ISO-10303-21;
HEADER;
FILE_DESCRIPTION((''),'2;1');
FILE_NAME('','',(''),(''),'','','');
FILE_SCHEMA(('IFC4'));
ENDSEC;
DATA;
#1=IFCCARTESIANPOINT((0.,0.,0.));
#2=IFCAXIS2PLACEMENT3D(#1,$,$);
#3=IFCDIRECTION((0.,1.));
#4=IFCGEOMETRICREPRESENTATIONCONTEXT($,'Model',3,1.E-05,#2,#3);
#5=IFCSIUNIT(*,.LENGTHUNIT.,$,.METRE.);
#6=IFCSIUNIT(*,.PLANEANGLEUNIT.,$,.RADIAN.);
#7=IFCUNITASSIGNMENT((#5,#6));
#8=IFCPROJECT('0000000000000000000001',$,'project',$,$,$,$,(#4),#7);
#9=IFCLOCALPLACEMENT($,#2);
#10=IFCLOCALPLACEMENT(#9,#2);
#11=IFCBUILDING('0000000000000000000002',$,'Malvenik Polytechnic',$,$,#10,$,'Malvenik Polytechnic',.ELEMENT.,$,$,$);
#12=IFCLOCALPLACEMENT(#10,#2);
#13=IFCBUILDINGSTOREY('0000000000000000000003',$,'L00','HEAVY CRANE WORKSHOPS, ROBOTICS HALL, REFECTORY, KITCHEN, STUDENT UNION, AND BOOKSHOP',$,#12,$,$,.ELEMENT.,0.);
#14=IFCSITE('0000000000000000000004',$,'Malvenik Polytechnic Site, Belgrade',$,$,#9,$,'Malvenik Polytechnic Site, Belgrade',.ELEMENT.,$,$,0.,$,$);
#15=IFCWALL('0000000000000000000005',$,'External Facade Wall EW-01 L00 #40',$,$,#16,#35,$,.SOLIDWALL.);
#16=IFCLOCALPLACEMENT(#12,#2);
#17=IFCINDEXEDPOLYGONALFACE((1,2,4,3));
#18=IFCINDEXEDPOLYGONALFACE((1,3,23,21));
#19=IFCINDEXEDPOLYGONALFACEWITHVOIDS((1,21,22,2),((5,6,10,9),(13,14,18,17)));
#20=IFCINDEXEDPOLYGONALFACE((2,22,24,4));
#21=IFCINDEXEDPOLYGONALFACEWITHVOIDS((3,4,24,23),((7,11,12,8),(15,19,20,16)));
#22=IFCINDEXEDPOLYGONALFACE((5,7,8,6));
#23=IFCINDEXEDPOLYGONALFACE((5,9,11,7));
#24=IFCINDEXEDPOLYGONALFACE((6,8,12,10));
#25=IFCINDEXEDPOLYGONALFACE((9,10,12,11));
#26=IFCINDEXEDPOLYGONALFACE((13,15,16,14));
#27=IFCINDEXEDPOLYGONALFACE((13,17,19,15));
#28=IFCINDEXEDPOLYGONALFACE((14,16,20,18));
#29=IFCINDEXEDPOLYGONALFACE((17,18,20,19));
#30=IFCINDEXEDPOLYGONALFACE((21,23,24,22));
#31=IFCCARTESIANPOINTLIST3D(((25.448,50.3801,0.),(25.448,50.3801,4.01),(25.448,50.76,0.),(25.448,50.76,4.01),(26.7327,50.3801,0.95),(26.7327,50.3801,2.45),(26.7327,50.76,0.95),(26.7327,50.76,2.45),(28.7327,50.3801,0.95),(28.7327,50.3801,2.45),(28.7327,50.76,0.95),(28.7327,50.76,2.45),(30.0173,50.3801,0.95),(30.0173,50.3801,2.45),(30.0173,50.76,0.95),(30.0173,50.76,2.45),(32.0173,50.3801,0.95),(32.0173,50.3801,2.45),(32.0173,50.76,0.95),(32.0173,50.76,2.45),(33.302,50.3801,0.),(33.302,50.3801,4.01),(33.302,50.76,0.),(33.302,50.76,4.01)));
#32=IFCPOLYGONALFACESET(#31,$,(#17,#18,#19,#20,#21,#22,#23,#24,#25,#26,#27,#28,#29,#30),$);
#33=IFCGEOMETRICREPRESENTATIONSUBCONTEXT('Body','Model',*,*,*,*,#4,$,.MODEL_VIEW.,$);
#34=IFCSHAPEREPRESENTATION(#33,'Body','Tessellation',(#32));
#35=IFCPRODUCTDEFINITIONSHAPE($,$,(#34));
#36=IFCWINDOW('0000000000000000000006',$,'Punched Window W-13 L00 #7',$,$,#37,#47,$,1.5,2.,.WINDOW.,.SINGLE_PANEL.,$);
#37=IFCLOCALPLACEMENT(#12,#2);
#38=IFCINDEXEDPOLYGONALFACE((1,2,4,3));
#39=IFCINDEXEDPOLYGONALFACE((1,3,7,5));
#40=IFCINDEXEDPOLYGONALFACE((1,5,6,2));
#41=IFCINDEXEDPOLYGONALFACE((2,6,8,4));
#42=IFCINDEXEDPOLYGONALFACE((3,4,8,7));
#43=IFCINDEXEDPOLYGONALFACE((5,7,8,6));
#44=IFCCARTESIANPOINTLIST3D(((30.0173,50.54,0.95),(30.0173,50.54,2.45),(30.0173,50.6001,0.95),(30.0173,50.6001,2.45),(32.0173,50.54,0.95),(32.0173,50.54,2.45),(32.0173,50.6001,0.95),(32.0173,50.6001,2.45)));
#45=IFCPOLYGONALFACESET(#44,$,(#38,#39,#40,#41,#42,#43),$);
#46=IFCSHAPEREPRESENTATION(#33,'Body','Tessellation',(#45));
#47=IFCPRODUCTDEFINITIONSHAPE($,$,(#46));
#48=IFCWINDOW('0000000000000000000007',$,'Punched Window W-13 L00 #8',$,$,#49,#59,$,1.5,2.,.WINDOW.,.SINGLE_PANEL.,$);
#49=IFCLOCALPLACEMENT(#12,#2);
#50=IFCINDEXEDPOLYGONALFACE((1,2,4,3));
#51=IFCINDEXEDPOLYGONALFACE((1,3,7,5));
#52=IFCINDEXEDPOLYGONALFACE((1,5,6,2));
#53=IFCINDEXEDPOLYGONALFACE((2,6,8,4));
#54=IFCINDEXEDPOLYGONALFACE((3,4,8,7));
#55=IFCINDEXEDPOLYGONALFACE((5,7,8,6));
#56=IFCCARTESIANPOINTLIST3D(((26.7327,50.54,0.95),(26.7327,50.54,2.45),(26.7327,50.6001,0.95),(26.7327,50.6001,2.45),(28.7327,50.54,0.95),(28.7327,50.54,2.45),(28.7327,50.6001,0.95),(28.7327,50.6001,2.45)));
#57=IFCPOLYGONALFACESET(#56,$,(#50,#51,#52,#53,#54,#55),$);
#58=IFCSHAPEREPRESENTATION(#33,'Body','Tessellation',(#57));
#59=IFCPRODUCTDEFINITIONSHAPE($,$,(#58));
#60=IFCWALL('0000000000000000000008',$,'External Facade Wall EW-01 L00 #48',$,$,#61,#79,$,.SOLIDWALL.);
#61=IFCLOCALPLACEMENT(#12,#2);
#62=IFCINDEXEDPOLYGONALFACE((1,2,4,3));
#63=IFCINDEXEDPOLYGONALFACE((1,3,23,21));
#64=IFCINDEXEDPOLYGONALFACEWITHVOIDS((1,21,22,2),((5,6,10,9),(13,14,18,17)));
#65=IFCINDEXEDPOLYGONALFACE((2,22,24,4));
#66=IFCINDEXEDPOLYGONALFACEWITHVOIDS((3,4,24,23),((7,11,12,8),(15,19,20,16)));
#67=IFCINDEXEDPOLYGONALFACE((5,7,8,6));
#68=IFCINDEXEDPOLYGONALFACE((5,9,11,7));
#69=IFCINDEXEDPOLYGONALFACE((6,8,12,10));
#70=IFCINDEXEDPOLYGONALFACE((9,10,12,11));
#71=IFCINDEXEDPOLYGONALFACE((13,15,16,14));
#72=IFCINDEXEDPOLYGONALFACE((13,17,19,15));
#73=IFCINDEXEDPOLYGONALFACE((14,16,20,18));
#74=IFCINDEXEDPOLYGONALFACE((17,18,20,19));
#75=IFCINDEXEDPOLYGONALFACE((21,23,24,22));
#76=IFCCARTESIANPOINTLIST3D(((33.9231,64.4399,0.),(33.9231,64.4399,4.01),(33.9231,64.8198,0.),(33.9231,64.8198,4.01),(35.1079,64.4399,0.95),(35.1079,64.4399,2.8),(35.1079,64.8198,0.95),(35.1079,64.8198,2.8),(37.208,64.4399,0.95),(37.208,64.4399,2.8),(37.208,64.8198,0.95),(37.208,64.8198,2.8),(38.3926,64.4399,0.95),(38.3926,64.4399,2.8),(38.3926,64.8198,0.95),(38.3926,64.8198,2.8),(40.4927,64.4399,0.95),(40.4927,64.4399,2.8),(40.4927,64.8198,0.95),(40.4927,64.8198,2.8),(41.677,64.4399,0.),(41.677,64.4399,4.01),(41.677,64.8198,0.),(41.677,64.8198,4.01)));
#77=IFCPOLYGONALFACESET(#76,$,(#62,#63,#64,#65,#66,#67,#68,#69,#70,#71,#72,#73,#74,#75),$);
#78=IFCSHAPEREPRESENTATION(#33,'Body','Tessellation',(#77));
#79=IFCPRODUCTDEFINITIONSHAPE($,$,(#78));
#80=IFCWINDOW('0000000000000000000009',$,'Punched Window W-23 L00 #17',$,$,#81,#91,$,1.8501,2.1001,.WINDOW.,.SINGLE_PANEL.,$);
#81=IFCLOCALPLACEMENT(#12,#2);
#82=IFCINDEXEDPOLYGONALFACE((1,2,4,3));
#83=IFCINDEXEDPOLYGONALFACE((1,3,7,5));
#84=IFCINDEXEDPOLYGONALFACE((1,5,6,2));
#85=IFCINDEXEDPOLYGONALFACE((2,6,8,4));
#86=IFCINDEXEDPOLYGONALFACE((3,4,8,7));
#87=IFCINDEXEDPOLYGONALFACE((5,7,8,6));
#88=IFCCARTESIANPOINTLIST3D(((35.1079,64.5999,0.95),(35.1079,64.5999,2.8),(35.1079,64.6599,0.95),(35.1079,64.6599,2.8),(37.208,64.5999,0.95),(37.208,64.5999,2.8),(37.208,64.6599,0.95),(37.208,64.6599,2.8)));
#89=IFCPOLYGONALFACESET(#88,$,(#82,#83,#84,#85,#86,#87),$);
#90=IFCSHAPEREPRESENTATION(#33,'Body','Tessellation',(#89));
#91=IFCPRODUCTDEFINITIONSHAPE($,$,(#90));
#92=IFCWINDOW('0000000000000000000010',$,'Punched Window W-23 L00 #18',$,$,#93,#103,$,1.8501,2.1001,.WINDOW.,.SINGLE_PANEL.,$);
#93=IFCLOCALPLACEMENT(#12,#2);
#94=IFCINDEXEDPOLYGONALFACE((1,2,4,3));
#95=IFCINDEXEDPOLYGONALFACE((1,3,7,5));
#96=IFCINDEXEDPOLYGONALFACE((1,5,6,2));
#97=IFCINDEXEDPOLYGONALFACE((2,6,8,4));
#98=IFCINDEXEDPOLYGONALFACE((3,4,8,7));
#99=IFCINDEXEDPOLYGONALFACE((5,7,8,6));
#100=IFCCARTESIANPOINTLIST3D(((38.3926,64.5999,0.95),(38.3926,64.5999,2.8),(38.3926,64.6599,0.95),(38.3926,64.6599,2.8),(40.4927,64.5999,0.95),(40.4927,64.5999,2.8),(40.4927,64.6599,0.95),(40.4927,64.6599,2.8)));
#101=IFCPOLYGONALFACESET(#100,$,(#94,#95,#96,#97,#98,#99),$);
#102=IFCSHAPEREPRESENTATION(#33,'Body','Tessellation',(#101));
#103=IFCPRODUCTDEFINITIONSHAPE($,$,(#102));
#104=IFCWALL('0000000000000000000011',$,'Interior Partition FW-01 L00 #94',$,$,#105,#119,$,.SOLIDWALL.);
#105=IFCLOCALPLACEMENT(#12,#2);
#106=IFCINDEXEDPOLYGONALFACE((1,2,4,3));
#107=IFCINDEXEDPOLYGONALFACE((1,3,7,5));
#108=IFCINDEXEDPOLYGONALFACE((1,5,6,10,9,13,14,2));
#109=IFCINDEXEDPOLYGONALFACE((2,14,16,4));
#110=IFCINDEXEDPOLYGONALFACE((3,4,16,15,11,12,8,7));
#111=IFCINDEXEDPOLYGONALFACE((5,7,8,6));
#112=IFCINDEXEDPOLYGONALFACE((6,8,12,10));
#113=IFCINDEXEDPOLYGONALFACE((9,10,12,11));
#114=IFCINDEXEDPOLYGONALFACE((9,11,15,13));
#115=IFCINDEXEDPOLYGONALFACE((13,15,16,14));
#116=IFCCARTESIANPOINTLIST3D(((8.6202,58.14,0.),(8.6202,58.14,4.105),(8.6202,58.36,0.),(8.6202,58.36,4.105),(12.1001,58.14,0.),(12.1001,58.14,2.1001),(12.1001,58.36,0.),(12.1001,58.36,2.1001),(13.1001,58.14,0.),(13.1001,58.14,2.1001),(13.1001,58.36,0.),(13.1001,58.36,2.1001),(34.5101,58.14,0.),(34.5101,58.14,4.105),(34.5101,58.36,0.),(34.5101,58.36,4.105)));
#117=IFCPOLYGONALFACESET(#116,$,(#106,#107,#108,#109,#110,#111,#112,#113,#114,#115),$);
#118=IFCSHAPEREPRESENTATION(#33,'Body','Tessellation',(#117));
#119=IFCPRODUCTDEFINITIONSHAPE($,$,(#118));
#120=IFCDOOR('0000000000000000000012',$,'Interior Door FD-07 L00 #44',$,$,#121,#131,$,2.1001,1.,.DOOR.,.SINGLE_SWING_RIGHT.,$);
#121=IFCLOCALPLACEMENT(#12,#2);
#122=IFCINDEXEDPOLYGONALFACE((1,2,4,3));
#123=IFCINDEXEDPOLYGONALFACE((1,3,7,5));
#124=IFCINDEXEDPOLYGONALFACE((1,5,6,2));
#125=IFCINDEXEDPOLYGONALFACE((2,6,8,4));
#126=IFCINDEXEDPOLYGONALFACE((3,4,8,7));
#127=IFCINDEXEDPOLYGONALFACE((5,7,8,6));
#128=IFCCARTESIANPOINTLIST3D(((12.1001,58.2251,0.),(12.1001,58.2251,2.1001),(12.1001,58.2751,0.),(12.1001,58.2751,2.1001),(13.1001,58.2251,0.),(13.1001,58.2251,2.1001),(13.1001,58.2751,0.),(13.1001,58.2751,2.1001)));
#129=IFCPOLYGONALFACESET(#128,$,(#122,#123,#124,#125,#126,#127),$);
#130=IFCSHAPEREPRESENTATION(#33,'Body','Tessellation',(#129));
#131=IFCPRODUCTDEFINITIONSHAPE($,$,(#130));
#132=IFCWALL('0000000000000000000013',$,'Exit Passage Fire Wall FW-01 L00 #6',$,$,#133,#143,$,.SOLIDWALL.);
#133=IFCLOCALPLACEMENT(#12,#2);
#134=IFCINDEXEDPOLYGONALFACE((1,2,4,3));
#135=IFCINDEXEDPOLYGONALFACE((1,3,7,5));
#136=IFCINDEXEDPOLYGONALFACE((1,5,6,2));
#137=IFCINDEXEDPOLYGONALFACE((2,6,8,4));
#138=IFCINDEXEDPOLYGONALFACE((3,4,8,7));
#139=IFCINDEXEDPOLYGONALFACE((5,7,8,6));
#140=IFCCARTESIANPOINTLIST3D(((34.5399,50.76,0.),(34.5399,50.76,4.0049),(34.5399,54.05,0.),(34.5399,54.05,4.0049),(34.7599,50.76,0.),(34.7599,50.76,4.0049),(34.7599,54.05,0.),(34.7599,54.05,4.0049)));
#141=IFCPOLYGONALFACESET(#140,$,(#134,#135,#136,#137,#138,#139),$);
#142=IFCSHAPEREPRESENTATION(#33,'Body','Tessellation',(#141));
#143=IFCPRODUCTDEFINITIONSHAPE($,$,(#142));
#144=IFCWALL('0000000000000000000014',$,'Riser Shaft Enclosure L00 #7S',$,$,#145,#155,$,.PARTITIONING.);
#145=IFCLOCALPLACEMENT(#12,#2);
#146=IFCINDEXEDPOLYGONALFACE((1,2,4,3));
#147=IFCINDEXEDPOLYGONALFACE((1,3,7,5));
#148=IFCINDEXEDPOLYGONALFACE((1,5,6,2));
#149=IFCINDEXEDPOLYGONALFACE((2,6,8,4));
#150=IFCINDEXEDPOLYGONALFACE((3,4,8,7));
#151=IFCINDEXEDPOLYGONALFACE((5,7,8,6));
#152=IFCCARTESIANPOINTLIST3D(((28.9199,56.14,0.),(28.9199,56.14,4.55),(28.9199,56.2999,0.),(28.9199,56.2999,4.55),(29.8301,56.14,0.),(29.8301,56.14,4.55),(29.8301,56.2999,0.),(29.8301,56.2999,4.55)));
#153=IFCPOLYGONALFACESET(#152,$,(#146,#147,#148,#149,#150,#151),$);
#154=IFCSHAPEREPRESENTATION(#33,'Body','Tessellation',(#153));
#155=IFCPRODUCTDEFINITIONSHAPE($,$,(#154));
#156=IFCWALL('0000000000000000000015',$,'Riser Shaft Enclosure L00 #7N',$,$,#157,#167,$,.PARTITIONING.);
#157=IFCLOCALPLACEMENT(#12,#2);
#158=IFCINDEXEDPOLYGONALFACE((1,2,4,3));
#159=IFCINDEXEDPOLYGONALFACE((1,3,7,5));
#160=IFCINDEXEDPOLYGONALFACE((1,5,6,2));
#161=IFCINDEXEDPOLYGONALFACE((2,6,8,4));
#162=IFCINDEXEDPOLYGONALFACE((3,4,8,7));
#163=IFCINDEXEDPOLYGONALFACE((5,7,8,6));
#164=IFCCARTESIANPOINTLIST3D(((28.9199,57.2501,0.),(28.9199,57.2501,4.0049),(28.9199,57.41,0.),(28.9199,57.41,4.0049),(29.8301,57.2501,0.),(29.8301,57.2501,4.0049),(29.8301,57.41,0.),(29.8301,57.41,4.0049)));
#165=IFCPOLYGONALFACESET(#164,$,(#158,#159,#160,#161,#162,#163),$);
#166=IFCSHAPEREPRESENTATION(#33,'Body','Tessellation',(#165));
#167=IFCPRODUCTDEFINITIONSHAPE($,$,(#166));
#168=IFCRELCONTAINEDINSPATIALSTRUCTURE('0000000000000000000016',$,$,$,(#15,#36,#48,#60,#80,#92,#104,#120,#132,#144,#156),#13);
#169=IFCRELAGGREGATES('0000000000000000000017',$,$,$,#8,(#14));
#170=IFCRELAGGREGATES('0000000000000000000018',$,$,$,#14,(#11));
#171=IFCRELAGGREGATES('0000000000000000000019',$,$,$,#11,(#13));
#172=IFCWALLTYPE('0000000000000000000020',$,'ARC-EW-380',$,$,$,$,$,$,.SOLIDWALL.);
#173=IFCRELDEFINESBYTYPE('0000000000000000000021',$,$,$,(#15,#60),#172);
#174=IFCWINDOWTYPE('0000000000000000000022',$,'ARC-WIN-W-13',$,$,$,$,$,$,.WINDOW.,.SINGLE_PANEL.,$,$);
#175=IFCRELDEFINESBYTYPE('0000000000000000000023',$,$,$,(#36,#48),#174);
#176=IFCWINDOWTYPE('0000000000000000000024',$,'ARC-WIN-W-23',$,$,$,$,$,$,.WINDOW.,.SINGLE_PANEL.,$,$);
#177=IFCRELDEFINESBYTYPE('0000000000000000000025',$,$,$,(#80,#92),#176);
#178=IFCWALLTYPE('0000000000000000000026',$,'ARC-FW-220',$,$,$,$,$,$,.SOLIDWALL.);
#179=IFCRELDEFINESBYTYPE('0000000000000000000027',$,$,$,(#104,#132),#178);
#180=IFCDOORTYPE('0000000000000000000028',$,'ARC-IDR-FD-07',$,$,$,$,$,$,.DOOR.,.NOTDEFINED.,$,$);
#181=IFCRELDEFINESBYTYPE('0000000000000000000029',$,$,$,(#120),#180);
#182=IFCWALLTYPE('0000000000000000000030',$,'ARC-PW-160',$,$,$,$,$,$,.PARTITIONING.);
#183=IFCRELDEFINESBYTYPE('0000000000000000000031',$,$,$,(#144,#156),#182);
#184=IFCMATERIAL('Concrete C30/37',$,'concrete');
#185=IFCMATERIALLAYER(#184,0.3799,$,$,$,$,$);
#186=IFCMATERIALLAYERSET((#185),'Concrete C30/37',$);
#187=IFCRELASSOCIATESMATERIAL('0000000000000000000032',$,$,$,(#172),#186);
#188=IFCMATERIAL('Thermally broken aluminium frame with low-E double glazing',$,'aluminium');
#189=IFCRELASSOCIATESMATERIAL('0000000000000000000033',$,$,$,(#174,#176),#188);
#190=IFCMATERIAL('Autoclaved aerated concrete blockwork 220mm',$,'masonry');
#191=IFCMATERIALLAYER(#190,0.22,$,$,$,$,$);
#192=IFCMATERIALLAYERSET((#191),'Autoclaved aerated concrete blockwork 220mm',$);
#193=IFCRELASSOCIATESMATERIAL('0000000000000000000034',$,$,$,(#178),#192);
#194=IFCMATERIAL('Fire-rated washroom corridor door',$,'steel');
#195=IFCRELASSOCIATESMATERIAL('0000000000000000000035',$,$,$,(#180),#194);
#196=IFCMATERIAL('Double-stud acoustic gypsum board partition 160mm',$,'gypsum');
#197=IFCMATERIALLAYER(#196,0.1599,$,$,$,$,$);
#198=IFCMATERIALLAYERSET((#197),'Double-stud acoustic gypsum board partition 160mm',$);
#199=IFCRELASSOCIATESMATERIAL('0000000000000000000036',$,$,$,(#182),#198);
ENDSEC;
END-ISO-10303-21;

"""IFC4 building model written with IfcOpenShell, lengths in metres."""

from ifc_helpers import new_model, si_unit, direction, frame, frame_2d, origin, place, context, subcontext, project, spatial, rectangle, extrude, material, layer, layer_set, type_object, element, fill, save


model = new_model("IFC4")

# Units and contexts
model_context = context("Model", 3, precision=1e-05, world=origin(), true_north=direction((0.0, 1.0)))
body_context = subcontext(model_context, "Body", "Model", "MODEL_VIEW")
ifc_project = project(units=[si_unit("LENGTHUNIT", "METRE"), si_unit("PLANEANGLEUNIT", "RADIAN")], contexts=[model_context])

# Site, building, storey
site_placement = place(None, origin())
site = spatial("IfcSite", under=ifc_project, at=site_placement, Name="Malvenik Polytechnic Site, Belgrade", LongName="Malvenik Polytechnic Site, Belgrade", CompositionType="ELEMENT", RefElevation=0.0)
building_placement = place(site_placement, origin())
building = spatial("IfcBuilding", under=site, at=building_placement, Name="Malvenik Polytechnic", LongName="Malvenik Polytechnic", CompositionType="ELEMENT")
storey_placement = place(building_placement, origin())
storey = spatial("IfcBuildingStorey", under=building, at=storey_placement, Name="L00", Description="HEAVY CRANE WORKSHOPS, ROBOTICS HALL, REFECTORY, KITCHEN, STUDENT UNION, AND BOOKSHOP", CompositionType="ELEMENT", Elevation=0.0)

# Shared definitions
ifc_material_1 = material(Name="Concrete C30/37", Category="concrete")

# Walls, openings, windows
ifc_layer_1 = layer(ifc_material_1, 0.3799)
ifc_layer_set_1 = layer_set([ifc_layer_1], Name="Concrete C30/37")
wall_type_1 = type_object("IfcWallType", Name="ARC-EW-380", PredefinedType="SOLIDWALL", material=ifc_layer_set_1)
wall_1_placement = place(storey_placement, frame((33.302, 50.5701, 0.0), z_axis=(0.0, 0.0, 1.0), x_axis=(-1.0, 0.0, 0.0)))
wall_1 = element("IfcWall", 1, at=wall_1_placement, inside=storey, type_object=wall_type_1, Name="External Facade Wall EW-01 L00 #40", PredefinedType="SOLIDWALL", context=body_context, shape_type="SweptSolid", body=[
    extrude(rectangle(XDim=7.854, YDim=0.3799, at=frame_2d((3.927, 0.0))), origin(), (0.0, 0.0, 1.0), 4.01),
])
opening_1_placement = place(wall_1_placement, frame((1.2847, 0.0, 0.95)))
opening_1 = element("IfcOpeningElement", 2, at=opening_1_placement, cuts=wall_1, PredefinedType="OPENING", context=body_context, shape_type="SweptSolid", body=[
    extrude(rectangle(XDim=2.0, YDim=1.5, at=frame_2d((1.0, 0.75))), frame((0.0, 0.2, 0.0), z_axis=(0.0, -1.0, 0.0), x_axis=(1.0, 0.0, 0.0)), (0.0, 0.0, 1.0), 0.3999),
])
opening_2_placement = place(wall_1_placement, frame((4.5693, 0.0, 0.95)))
opening_2 = element("IfcOpeningElement", 3, at=opening_2_placement, cuts=wall_1, PredefinedType="OPENING", context=body_context, shape_type="SweptSolid", body=[
    extrude(rectangle(XDim=2.0, YDim=1.5, at=frame_2d((1.0, 0.75))), frame((0.0, 0.2, 0.0), z_axis=(0.0, -1.0, 0.0), x_axis=(1.0, 0.0, 0.0)), (0.0, 0.0, 1.0), 0.3999),
])
ifc_material_2 = material(Name="Thermally broken aluminium frame with low-E double glazing", Category="aluminium")
window_type_1 = type_object("IfcWindowType", Name="ARC-WIN-W-13", PartitioningType="SINGLE_PANEL", PredefinedType="WINDOW", material=ifc_material_2)
window_1_placement = place(opening_1_placement, origin())
window_1 = element("IfcWindow", 4, at=window_1_placement, inside=storey, type_object=window_type_1, Name="Punched Window W-13 L00 #7", OverallHeight=1.5, OverallWidth=2.0, PartitioningType="SINGLE_PANEL", PredefinedType="WINDOW", context=body_context, shape_type="SweptSolid", body=[
    extrude(rectangle(XDim=2.0, YDim=1.5, at=frame_2d((1.0, 0.75))), frame((0.0, 0.03, 0.0), z_axis=(0.0, -1.0, 0.0), x_axis=(1.0, 0.0, 0.0)), (0.0, 0.0, 1.0), 0.0601),
])
fill(opening_1, window_1)
window_2_placement = place(opening_2_placement, origin())
window_2 = element("IfcWindow", 5, at=window_2_placement, inside=storey, type_object=window_type_1, Name="Punched Window W-13 L00 #8", OverallHeight=1.5, OverallWidth=2.0, PartitioningType="SINGLE_PANEL", PredefinedType="WINDOW", context=body_context, shape_type="SweptSolid", body=[
    extrude(rectangle(XDim=2.0, YDim=1.5, at=frame_2d((1.0, 0.75))), frame((0.0, 0.03, 0.0), z_axis=(0.0, -1.0, 0.0), x_axis=(1.0, 0.0, 0.0)), (0.0, 0.0, 1.0), 0.0601),
])
fill(opening_2, window_2)
wall_2_placement = place(storey_placement, frame((33.9231, 64.6299, 0.0), z_axis=(0.0, 0.0, 1.0), x_axis=(1.0, 0.0, 0.0)))
wall_2 = element("IfcWall", 6, at=wall_2_placement, inside=storey, type_object=wall_type_1, Name="External Facade Wall EW-01 L00 #48", PredefinedType="SOLIDWALL", context=body_context, shape_type="SweptSolid", body=[
    extrude(rectangle(XDim=7.7539, YDim=0.3799, at=frame_2d((3.877, 0.0))), origin(), (0.0, 0.0, 1.0), 4.01),
])
opening_3_placement = place(wall_2_placement, frame((1.1848, 0.0, 0.95)))
opening_3 = element("IfcOpeningElement", 7, at=opening_3_placement, cuts=wall_2, PredefinedType="OPENING", context=body_context, shape_type="SweptSolid", body=[
    extrude(rectangle(XDim=2.1001, YDim=1.8501, at=frame_2d((1.05, 0.925))), frame((0.0, 0.2, 0.0), z_axis=(0.0, -1.0, 0.0), x_axis=(1.0, 0.0, 0.0)), (0.0, 0.0, 1.0), 0.3999),
])
opening_4_placement = place(wall_2_placement, frame((4.4695, 0.0, 0.95)))
opening_4 = element("IfcOpeningElement", 8, at=opening_4_placement, cuts=wall_2, PredefinedType="OPENING", context=body_context, shape_type="SweptSolid", body=[
    extrude(rectangle(XDim=2.1001, YDim=1.8501, at=frame_2d((1.05, 0.925))), frame((0.0, 0.2, 0.0), z_axis=(0.0, -1.0, 0.0), x_axis=(1.0, 0.0, 0.0)), (0.0, 0.0, 1.0), 0.3999),
])
window_type_2 = type_object("IfcWindowType", Name="ARC-WIN-W-23", PartitioningType="SINGLE_PANEL", PredefinedType="WINDOW", material=ifc_material_2)
window_3_placement = place(opening_3_placement, origin())
window_3 = element("IfcWindow", 9, at=window_3_placement, inside=storey, type_object=window_type_2, Name="Punched Window W-23 L00 #17", OverallHeight=1.8501, OverallWidth=2.1001, PartitioningType="SINGLE_PANEL", PredefinedType="WINDOW", context=body_context, shape_type="SweptSolid", body=[
    extrude(rectangle(XDim=2.1001, YDim=1.8501, at=frame_2d((1.05, 0.925))), frame((0.0, 0.03, 0.0), z_axis=(0.0, -1.0, 0.0), x_axis=(1.0, 0.0, 0.0)), (0.0, 0.0, 1.0), 0.0601),
])
fill(opening_3, window_3)
window_4_placement = place(opening_4_placement, origin())
window_4 = element("IfcWindow", 10, at=window_4_placement, inside=storey, type_object=window_type_2, Name="Punched Window W-23 L00 #18", OverallHeight=1.8501, OverallWidth=2.1001, PartitioningType="SINGLE_PANEL", PredefinedType="WINDOW", context=body_context, shape_type="SweptSolid", body=[
    extrude(rectangle(XDim=2.1001, YDim=1.8501, at=frame_2d((1.05, 0.925))), frame((0.0, 0.03, 0.0), z_axis=(0.0, -1.0, 0.0), x_axis=(1.0, 0.0, 0.0)), (0.0, 0.0, 1.0), 0.0601),
])
fill(opening_4, window_4)

# Wall, opening, door
ifc_material_3 = material(Name="Autoclaved aerated concrete blockwork 220mm", Category="masonry")
ifc_layer_2 = layer(ifc_material_3, 0.22)
ifc_layer_set_2 = layer_set([ifc_layer_2], Name="Autoclaved aerated concrete blockwork 220mm")
wall_type_2 = type_object("IfcWallType", Name="ARC-FW-220", PredefinedType="SOLIDWALL", material=ifc_layer_set_2)
wall_3_placement = place(storey_placement, frame((34.51, 58.25, 0.0), z_axis=(0.0, 0.0, 1.0), x_axis=(-1.0, 0.0, 0.0)))
wall_3 = element("IfcWall", 11, at=wall_3_placement, inside=storey, type_object=wall_type_2, Name="Interior Partition FW-01 L00 #94", PredefinedType="SOLIDWALL", context=body_context, shape_type="SweptSolid", body=[
    extrude(rectangle(XDim=25.8899, YDim=0.22, at=frame_2d((12.9448, 0.0))), origin(), (0.0, 0.0, 1.0), 4.105),
])
opening_5_placement = place(wall_3_placement, frame((21.4099, 0.0, 0.0)))
opening_5 = element("IfcOpeningElement", 12, at=opening_5_placement, cuts=wall_3, PredefinedType="OPENING", context=body_context, shape_type="SweptSolid", body=[
    extrude(rectangle(XDim=1.0, YDim=2.1001, at=frame_2d((0.5, 1.05))), frame((0.0, 0.1201, 0.0), z_axis=(0.0, -1.0, 0.0), x_axis=(1.0, 0.0, 0.0)), (0.0, 0.0, 1.0), 0.24),
])
ifc_material_4 = material(Name="Fire-rated washroom corridor door", Category="steel")
door_type = type_object("IfcDoorType", Name="ARC-IDR-FD-07", OperationType="NOTDEFINED", PredefinedType="DOOR", material=ifc_material_4)
door_placement = place(opening_5_placement, origin())
door = element("IfcDoor", 13, at=door_placement, inside=storey, type_object=door_type, Name="Interior Door FD-07 L00 #44", OperationType="SINGLE_SWING_RIGHT", OverallHeight=2.1001, OverallWidth=1.0, PredefinedType="DOOR", context=body_context, shape_type="SweptSolid", body=[
    extrude(rectangle(XDim=1.0, YDim=2.1001, at=frame_2d((0.5, 1.05))), frame((0.0, 0.0249, 0.0), z_axis=(0.0, -1.0, 0.0), x_axis=(1.0, 0.0, 0.0)), (0.0, 0.0, 1.0), 0.05),
])
fill(opening_5, door)

# Walls
wall_4_placement = place(storey_placement, frame((34.6499, 50.76, 0.0), z_axis=(0.0, 0.0, 1.0), x_axis=(0.0, 1.0, 0.0)))
element("IfcWall", 14, at=wall_4_placement, inside=storey, type_object=wall_type_2, Name="Exit Passage Fire Wall FW-01 L00 #6", PredefinedType="SOLIDWALL", context=body_context, shape_type="SweptSolid", body=[
    extrude(rectangle(XDim=3.29, YDim=0.22, at=frame_2d((1.645, 0.0))), origin(), (0.0, 0.0, 1.0), 4.0049),
])
ifc_material_5 = material(Name="Double-stud acoustic gypsum board partition 160mm", Category="gypsum")
ifc_layer_3 = layer(ifc_material_5, 0.1599)
ifc_layer_set_3 = layer_set([ifc_layer_3], Name="Double-stud acoustic gypsum board partition 160mm")
wall_type_3 = type_object("IfcWallType", Name="ARC-PW-160", PredefinedType="PARTITIONING", material=ifc_layer_set_3)
wall_5_placement = place(storey_placement, frame((28.9199, 56.22, 0.0), z_axis=(0.0, 0.0, 1.0), x_axis=(1.0, 0.0, 0.0)))
element("IfcWall", 15, at=wall_5_placement, inside=storey, type_object=wall_type_3, Name="Riser Shaft Enclosure L00 #7S", PredefinedType="PARTITIONING", context=body_context, shape_type="SweptSolid", body=[
    extrude(rectangle(XDim=0.9102, YDim=0.1599, at=frame_2d((0.4551, 0.0))), origin(), (0.0, 0.0, 1.0), 4.55),
])
wall_6_placement = place(storey_placement, frame((29.8301, 57.3301, 0.0), z_axis=(0.0, 0.0, 1.0), x_axis=(-1.0, 0.0, 0.0)))
element("IfcWall", 16, at=wall_6_placement, inside=storey, type_object=wall_type_3, Name="Riser Shaft Enclosure L00 #7N", PredefinedType="PARTITIONING", context=body_context, shape_type="SweptSolid", body=[
    extrude(rectangle(XDim=0.9102, YDim=0.1599, at=frame_2d((0.4551, 0.0))), origin(), (0.0, 0.0, 1.0), 4.0049),
])

save(model, "model.ifc")
